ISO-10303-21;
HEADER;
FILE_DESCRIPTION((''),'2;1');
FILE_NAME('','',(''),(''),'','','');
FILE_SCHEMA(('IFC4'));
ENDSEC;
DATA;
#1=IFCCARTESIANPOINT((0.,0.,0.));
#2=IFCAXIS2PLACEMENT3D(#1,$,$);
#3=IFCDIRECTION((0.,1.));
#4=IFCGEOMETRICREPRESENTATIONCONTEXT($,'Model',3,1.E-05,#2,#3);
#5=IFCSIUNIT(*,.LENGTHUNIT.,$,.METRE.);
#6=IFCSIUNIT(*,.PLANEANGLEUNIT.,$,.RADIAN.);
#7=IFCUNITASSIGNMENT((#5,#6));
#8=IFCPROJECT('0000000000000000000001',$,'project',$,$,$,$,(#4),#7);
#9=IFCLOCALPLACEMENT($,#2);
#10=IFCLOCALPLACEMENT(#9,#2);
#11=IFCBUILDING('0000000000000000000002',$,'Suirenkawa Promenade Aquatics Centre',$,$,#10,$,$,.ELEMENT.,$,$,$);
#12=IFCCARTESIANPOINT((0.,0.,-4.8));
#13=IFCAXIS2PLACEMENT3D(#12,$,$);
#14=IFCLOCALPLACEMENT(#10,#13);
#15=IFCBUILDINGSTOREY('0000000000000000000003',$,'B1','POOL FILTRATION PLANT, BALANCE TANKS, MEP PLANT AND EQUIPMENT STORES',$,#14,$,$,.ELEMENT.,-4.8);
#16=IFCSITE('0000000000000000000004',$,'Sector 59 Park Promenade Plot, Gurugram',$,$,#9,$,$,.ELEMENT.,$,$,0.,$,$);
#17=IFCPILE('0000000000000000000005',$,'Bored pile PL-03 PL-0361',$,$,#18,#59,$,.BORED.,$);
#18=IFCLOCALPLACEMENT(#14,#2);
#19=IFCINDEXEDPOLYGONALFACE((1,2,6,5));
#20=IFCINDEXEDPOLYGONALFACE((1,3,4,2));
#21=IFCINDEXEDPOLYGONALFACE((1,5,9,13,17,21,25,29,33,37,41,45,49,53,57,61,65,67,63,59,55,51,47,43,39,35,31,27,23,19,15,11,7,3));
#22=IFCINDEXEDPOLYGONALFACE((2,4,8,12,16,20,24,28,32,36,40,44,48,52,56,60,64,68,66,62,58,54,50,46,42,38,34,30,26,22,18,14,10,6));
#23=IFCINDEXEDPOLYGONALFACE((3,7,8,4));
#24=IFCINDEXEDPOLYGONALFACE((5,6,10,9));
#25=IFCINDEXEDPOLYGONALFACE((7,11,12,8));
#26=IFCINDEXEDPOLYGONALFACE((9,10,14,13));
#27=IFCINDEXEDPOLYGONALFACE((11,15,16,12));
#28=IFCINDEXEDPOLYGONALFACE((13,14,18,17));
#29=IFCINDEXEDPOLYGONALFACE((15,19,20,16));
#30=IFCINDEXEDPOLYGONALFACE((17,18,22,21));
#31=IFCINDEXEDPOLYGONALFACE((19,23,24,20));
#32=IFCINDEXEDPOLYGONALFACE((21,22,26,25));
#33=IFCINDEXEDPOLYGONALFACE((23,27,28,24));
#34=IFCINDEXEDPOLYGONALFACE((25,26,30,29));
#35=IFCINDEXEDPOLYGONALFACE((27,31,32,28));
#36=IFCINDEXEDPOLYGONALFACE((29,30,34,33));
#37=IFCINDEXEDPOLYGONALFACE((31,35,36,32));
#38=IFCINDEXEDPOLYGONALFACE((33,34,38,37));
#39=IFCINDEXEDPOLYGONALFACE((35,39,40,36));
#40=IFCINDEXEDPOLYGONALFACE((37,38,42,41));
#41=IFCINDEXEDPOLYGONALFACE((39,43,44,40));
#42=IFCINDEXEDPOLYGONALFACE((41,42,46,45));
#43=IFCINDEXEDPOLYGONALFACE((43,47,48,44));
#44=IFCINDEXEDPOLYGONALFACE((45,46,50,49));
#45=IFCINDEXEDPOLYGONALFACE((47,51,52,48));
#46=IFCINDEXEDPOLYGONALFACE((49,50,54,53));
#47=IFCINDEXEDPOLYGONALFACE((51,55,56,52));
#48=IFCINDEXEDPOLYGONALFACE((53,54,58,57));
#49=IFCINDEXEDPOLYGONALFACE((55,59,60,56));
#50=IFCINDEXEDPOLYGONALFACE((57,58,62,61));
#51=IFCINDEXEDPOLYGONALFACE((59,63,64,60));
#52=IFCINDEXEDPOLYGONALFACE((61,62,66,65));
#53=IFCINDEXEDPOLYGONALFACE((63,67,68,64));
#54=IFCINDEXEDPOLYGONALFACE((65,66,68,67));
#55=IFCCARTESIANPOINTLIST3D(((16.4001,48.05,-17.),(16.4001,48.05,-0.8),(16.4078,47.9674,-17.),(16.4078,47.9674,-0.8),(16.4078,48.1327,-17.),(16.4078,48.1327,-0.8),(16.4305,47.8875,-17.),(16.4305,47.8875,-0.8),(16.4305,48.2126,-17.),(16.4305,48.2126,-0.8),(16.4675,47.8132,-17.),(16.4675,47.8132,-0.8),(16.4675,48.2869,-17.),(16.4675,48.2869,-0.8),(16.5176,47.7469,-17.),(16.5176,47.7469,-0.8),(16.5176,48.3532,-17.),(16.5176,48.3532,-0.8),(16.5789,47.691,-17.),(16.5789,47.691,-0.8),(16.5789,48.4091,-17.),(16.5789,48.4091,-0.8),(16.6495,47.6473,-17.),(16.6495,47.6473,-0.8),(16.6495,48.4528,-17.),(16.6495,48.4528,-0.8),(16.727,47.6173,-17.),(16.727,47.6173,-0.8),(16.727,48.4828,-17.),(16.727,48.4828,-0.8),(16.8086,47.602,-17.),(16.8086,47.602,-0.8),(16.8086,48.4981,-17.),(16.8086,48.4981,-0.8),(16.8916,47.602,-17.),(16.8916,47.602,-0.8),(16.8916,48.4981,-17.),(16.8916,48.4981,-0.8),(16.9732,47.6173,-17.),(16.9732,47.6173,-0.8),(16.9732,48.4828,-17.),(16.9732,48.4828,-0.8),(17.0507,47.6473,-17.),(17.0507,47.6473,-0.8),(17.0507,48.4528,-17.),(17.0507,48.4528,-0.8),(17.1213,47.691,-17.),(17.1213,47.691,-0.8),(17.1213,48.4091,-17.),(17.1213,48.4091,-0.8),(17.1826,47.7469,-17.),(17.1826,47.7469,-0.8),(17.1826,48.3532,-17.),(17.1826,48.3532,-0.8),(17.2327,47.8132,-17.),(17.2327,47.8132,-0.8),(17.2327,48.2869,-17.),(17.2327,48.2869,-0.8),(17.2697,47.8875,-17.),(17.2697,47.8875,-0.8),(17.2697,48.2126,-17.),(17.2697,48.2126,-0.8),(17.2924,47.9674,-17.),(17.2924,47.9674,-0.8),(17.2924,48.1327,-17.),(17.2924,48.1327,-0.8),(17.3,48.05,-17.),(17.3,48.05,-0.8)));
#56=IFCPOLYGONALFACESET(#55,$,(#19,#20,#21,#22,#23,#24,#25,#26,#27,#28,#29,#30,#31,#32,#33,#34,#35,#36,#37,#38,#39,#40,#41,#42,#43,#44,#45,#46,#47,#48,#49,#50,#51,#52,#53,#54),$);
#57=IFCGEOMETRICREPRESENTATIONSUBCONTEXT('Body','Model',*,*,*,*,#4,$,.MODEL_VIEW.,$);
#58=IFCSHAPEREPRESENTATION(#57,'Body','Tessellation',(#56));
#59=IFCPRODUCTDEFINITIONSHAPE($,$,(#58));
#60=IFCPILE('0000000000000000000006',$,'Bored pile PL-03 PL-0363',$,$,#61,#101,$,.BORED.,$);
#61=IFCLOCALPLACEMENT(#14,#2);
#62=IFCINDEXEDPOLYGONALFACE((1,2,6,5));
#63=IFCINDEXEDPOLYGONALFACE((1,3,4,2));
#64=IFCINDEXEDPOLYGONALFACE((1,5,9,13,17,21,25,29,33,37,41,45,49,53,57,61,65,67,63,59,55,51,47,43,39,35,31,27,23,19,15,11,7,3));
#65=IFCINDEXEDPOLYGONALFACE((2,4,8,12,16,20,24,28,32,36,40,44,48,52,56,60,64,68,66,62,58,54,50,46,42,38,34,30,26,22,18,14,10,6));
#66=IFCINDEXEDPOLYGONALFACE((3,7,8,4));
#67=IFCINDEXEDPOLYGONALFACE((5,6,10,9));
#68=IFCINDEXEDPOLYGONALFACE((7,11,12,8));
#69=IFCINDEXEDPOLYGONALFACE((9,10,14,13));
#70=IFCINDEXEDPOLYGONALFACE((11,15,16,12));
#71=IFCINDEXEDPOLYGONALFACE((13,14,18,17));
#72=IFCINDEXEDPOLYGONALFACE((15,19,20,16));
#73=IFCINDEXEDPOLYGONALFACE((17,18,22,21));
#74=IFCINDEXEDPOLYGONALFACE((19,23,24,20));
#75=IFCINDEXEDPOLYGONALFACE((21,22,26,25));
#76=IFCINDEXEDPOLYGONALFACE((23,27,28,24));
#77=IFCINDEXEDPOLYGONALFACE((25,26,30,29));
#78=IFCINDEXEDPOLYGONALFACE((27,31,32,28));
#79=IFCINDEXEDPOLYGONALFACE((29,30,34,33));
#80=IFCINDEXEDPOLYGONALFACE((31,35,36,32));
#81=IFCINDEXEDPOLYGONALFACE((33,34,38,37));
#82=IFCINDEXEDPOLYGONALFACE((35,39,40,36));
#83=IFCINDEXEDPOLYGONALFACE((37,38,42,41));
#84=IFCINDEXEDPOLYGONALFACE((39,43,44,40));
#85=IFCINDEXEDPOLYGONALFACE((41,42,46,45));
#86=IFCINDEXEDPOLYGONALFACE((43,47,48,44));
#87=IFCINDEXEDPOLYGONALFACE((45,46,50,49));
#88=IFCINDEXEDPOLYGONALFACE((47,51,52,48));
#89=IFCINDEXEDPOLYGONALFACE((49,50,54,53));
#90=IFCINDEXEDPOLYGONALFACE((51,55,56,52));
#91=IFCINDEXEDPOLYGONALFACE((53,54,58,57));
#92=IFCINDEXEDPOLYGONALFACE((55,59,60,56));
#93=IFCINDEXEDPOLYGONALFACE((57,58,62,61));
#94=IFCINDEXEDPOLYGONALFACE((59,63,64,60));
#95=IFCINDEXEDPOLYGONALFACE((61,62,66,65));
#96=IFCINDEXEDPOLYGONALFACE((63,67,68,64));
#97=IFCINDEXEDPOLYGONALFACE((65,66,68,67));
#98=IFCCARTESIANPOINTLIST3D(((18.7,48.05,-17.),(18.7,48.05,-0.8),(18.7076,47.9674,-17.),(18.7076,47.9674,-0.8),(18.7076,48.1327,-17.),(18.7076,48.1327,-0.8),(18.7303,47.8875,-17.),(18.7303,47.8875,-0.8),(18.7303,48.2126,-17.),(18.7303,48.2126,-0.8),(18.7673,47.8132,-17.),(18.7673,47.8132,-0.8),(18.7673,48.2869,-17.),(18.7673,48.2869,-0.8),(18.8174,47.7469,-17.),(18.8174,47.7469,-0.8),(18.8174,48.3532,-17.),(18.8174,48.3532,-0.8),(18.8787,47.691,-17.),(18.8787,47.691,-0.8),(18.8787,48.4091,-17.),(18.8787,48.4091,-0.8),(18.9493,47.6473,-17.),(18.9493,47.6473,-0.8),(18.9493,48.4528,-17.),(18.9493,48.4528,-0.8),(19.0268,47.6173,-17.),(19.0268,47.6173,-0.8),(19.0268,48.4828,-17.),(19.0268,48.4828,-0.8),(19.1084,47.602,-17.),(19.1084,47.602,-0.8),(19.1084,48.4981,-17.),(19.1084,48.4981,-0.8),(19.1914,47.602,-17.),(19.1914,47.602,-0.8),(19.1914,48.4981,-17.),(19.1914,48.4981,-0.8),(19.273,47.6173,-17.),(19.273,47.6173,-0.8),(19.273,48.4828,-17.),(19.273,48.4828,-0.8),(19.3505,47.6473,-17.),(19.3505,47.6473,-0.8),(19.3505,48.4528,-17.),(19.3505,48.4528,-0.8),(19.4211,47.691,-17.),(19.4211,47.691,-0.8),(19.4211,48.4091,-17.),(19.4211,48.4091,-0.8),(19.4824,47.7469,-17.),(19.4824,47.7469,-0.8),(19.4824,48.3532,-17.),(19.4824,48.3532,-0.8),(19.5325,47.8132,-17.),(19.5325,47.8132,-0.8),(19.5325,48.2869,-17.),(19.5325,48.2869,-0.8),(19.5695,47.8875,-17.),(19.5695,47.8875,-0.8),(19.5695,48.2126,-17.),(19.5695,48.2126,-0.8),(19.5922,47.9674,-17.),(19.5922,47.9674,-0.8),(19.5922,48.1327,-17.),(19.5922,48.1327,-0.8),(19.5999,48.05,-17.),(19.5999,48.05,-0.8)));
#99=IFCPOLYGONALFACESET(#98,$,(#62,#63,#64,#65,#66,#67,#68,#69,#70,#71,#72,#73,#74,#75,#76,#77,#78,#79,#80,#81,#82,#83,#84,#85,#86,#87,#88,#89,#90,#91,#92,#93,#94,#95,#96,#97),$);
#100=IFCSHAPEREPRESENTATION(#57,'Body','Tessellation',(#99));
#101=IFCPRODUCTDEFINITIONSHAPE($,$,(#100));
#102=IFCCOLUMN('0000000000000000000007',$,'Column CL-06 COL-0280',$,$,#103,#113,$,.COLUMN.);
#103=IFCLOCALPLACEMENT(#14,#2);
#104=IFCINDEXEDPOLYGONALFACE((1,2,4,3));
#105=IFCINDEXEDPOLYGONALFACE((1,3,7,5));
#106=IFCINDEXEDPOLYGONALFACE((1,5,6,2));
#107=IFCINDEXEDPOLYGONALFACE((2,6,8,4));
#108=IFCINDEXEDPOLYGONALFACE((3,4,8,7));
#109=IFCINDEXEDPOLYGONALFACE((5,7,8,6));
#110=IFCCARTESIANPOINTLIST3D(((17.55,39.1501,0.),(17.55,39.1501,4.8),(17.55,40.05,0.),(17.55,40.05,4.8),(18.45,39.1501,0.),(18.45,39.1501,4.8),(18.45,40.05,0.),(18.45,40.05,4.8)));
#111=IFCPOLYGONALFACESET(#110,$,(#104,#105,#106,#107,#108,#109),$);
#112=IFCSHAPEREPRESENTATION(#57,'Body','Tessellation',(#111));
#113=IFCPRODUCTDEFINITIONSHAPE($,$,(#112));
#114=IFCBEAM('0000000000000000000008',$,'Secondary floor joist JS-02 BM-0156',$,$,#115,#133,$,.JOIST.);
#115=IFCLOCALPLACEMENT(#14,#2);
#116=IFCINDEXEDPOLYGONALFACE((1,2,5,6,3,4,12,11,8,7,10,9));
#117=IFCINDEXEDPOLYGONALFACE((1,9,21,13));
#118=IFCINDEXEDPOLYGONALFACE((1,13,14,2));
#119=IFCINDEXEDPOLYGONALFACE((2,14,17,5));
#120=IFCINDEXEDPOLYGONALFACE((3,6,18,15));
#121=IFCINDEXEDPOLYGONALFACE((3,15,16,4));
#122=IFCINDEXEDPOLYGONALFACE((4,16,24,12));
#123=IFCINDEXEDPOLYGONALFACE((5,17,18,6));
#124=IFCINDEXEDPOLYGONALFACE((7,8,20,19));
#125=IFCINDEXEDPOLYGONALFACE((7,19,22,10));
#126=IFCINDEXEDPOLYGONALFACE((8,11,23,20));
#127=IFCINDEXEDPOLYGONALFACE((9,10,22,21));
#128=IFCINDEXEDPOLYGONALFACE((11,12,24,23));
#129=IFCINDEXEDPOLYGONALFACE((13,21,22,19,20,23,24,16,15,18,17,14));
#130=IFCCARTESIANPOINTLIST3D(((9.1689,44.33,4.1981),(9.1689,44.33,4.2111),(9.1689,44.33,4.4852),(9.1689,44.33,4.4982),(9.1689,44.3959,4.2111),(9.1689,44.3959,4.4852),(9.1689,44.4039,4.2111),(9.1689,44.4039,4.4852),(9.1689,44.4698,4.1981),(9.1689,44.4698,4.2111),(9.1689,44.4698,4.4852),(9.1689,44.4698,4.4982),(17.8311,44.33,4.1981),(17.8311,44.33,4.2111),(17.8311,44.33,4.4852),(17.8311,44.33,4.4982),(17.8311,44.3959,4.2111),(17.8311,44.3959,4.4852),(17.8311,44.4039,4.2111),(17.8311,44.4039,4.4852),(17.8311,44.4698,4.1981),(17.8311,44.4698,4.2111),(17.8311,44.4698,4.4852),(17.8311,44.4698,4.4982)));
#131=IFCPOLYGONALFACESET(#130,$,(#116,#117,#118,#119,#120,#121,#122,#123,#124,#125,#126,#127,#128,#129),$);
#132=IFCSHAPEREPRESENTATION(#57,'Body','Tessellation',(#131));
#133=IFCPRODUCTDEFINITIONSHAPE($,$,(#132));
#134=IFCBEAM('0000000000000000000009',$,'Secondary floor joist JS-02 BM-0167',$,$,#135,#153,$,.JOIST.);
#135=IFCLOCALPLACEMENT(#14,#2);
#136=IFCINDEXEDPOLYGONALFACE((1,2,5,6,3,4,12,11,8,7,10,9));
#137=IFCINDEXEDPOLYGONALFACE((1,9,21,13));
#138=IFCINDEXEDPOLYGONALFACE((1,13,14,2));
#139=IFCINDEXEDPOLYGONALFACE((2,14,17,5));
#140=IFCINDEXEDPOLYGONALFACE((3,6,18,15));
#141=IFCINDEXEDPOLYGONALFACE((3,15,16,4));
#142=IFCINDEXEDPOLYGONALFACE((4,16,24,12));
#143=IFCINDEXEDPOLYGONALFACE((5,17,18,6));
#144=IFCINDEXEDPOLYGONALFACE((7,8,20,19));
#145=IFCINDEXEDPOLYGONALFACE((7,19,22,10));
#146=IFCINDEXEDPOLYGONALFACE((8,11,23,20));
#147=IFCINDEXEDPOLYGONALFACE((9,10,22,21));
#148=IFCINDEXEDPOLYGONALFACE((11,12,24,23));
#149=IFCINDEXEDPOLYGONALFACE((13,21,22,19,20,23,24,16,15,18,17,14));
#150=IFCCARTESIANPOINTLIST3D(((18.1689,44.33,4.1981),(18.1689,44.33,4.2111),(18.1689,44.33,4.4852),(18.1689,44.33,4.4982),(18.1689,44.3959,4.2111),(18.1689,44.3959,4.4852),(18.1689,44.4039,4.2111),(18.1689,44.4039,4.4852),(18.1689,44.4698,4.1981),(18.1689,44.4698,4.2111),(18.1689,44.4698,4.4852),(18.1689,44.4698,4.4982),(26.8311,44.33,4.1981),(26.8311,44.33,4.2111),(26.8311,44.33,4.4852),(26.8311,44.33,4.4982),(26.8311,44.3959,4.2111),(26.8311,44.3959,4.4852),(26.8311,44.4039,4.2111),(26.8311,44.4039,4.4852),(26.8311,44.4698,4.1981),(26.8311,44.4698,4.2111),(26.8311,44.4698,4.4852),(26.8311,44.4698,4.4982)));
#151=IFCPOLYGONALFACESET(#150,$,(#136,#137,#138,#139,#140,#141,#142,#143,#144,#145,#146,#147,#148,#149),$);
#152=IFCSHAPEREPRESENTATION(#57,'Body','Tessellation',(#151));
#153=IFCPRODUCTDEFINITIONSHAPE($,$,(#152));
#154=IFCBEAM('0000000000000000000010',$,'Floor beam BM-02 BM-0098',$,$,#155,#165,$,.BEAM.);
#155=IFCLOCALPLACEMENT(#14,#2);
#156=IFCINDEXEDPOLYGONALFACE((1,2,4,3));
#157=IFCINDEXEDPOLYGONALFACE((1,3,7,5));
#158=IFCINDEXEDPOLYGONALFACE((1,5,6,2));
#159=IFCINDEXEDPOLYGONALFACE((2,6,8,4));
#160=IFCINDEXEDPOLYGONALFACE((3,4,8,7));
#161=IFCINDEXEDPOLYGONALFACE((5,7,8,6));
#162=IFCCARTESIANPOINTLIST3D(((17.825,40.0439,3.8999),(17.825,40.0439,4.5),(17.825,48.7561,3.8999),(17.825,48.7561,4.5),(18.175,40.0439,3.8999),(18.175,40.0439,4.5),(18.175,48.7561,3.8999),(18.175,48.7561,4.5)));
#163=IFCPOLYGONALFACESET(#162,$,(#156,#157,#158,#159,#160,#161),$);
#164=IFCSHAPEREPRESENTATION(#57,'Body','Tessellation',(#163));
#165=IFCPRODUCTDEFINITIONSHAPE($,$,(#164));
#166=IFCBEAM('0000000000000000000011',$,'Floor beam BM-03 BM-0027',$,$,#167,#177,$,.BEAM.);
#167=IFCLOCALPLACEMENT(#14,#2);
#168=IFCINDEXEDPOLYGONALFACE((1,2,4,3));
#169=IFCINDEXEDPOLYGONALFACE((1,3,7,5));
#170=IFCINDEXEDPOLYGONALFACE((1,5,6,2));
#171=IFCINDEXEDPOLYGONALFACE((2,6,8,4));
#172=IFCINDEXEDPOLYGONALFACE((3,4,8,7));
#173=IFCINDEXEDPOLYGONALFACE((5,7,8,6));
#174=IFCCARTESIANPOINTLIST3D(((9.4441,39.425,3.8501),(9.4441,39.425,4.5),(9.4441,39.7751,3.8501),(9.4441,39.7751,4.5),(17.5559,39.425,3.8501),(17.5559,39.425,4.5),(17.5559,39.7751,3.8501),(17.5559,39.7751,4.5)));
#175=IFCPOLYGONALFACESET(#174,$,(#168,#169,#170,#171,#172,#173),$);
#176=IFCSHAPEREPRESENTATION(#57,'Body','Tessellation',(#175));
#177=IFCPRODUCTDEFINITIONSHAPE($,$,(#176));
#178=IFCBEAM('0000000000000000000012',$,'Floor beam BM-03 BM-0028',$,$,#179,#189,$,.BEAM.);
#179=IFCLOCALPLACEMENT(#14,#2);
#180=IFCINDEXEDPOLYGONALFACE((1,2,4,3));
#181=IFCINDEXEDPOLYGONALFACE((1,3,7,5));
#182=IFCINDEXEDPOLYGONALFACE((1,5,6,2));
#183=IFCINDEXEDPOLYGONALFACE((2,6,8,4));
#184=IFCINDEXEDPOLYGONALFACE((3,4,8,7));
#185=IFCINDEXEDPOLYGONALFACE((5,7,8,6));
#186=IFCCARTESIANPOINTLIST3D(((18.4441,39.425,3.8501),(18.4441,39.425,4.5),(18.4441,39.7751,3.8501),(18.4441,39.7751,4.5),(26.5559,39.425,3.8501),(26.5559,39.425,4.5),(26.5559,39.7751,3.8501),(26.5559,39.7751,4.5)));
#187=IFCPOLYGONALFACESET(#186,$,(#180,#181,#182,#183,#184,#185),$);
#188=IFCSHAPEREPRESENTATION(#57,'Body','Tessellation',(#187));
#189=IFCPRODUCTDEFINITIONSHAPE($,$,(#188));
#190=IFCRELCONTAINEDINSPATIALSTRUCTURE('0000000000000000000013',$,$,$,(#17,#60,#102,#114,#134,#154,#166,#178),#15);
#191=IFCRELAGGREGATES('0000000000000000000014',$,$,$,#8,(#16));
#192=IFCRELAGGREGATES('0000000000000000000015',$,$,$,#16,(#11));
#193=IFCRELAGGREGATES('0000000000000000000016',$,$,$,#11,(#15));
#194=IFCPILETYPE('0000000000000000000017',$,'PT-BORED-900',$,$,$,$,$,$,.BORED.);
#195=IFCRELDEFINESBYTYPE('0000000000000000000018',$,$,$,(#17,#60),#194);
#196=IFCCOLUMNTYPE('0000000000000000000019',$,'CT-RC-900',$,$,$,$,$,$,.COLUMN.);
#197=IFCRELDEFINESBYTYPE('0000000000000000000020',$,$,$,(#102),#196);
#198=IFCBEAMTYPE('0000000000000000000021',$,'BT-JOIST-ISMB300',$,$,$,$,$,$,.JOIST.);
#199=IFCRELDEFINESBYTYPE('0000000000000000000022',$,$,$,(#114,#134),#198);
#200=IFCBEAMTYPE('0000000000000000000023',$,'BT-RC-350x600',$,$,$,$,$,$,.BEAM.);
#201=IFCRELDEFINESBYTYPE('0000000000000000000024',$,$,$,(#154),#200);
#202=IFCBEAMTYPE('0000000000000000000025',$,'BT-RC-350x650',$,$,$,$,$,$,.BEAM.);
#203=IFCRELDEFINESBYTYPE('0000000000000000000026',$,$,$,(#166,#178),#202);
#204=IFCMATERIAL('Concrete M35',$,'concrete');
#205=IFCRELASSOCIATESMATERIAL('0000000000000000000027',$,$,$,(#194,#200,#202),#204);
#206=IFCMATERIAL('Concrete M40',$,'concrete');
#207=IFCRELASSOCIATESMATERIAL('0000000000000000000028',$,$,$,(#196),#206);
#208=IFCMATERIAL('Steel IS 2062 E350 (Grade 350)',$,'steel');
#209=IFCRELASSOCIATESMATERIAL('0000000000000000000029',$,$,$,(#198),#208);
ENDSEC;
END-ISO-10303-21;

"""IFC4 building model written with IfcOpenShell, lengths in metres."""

from ifc_helpers import new_model, si_unit, direction, frame, origin, origin_2d, place, context, subcontext, project, spatial, rectangle, circle, i_section, extrude, material, material_profile, profile_set, type_object, element, save


model = new_model("IFC4")

# Units and contexts
model_context = context("Model", 3, precision=1e-05, world=origin(), true_north=direction((0.0, 1.0)))
body_context = subcontext(model_context, "Body", "Model", "MODEL_VIEW")
ifc_project = project(units=[si_unit("LENGTHUNIT", "METRE"), si_unit("PLANEANGLEUNIT", "RADIAN")], contexts=[model_context])

# Site, building, storey
site_placement = place(None, origin())
site = spatial("IfcSite", under=ifc_project, at=site_placement, Name="Sector 59 Park Promenade Plot, Gurugram", CompositionType="ELEMENT", RefElevation=0.0)
building_placement = place(site_placement, origin())
building = spatial("IfcBuilding", under=site, at=building_placement, Name="Suirenkawa Promenade Aquatics Centre", CompositionType="ELEMENT")
storey_placement = place(building_placement, frame((0.0, 0.0, -4.8)))
storey = spatial("IfcBuildingStorey", under=building, at=storey_placement, Name="B1", Description="POOL FILTRATION PLANT, BALANCE TANKS, MEP PLANT AND EQUIPMENT STORES", CompositionType="ELEMENT", Elevation=-4.8)

# Shared definitions
ifc_material_1 = material(Name="Concrete M35", Category="concrete")

# Piles
ifc_material_profile_1 = material_profile(ifc_material_1, circle(Radius=0.45, at=origin_2d()), Name="PILE D900", Category="concrete")
ifc_profile_set_1 = profile_set([ifc_material_profile_1], Name="Concrete M35")
pile_type = type_object("IfcPileType", Name="PT-BORED-900", PredefinedType="BORED", material=ifc_profile_set_1)
for number, where, z_axis, x_axis, name in (
    (1, (16.8501, 48.05, -0.8), (0.0, 0.0, -1.0), (1.0, 0.0, 0.0), "Bored pile PL-03 PL-0361"),
    (2, (19.1499, 48.05, -0.8), (0.0, 0.0, -1.0), (1.0, 0.0, 0.0), "Bored pile PL-03 PL-0363"),
):
    element("IfcPile", number, at=place(storey_placement, frame(where, z_axis=z_axis, x_axis=x_axis)), inside=storey, type_object=pile_type, Name=name, PredefinedType="BORED", context=body_context, shape_type="SweptSolid", body=[
        extrude(circle(Radius=0.45, at=origin_2d()), origin(), (0.0, 0.0, 1.0), 16.2),
    ])

# Column
ifc_material_2 = material(Name="Concrete M40", Category="concrete")
ifc_material_profile_2 = material_profile(ifc_material_2, rectangle(XDim=0.8999, YDim=0.8999, at=origin_2d()), Name="RC COL 900x900", Category="concrete")
ifc_profile_set_2 = profile_set([ifc_material_profile_2], Name="Concrete M40")
column_type = type_object("IfcColumnType", Name="CT-RC-900", PredefinedType="COLUMN", material=ifc_profile_set_2)
column_placement = place(storey_placement, frame((18.0, 39.6001, 0.0), z_axis=(0.0, 0.0, 1.0), x_axis=(1.0, 0.0, 0.0)))
element("IfcColumn", 3, at=column_placement, inside=storey, type_object=column_type, Name="Column CL-06 COL-0280", PredefinedType="COLUMN", context=body_context, shape_type="SweptSolid", body=[
    extrude(rectangle(XDim=0.8999, YDim=0.8999, at=origin_2d()), origin(), (0.0, 0.0, 1.0), 4.8),
])

# Beams
ifc_material_3 = material(Name="Steel IS 2062 E350 (Grade 350)", Category="steel")
ifc_material_profile_3 = material_profile(ifc_material_3, i_section(OverallWidth=0.1399, OverallDepth=0.3, WebThickness=0.0081, FlangeThickness=0.0129, at=origin_2d()), Name="ISMB 300", Category="steel")
ifc_profile_set_3 = profile_set([ifc_material_profile_3], Name="Steel IS 2062 E350 (Grade 350)")
beam_type_1 = type_object("IfcBeamType", Name="BT-JOIST-ISMB300", PredefinedType="JOIST", material=ifc_profile_set_3)
for number, where, z_axis, x_axis, name in (
    (4, (9.1689, 44.3999, 4.3481), (1.0, 0.0, 0.0), (0.0, 1.0, 0.0), "Secondary floor joist JS-02 BM-0156"),
    (5, (18.1689, 44.3999, 4.3481), (1.0, 0.0, 0.0), (0.0, 1.0, 0.0), "Secondary floor joist JS-02 BM-0167"),
):
    element("IfcBeam", number, at=place(storey_placement, frame(where, z_axis=z_axis, x_axis=x_axis)), inside=storey, type_object=beam_type_1, Name=name, PredefinedType="JOIST", context=body_context, shape_type="SweptSolid", body=[
        extrude(i_section(OverallWidth=0.1399, OverallDepth=0.3, WebThickness=0.0081, FlangeThickness=0.0129, at=origin_2d()), origin(), (0.0, 0.0, 1.0), 8.6621),
    ])
ifc_material_profile_4 = material_profile(ifc_material_1, rectangle(XDim=0.3501, YDim=0.6001, at=origin_2d()), Name="RC BM 350x600", Category="concrete")
ifc_profile_set_4 = profile_set([ifc_material_profile_4], Name="Concrete M35")
beam_type_2 = type_object("IfcBeamType", Name="BT-RC-350x600", PredefinedType="BEAM", material=ifc_profile_set_4)
beam_placement = place(storey_placement, frame((18.0, 40.0439, 4.2), z_axis=(0.0, 1.0, 0.0), x_axis=(-1.0, 0.0, 0.0)))
element("IfcBeam", 6, at=beam_placement, inside=storey, type_object=beam_type_2, Name="Floor beam BM-02 BM-0098", PredefinedType="BEAM", context=body_context, shape_type="SweptSolid", body=[
    extrude(rectangle(XDim=0.3501, YDim=0.6001, at=origin_2d()), origin(), (0.0, 0.0, 1.0), 8.7122),
])
ifc_material_profile_5 = material_profile(ifc_material_1, rectangle(XDim=0.3501, YDim=0.6499, at=origin_2d()), Name="RC BM 350x650", Category="concrete")
ifc_profile_set_5 = profile_set([ifc_material_profile_5], Name="Concrete M35")
beam_type_3 = type_object("IfcBeamType", Name="BT-RC-350x650", PredefinedType="BEAM", material=ifc_profile_set_5)
for number, where, z_axis, x_axis, name in (
    (7, (9.4441, 39.6001, 4.175), (1.0, 0.0, 0.0), (0.0, 1.0, 0.0), "Floor beam BM-03 BM-0027"),
    (8, (18.4441, 39.6001, 4.175), (1.0, 0.0, 0.0), (0.0, 1.0, 0.0), "Floor beam BM-03 BM-0028"),
):
    element("IfcBeam", number, at=place(storey_placement, frame(where, z_axis=z_axis, x_axis=x_axis)), inside=storey, type_object=beam_type_3, Name=name, PredefinedType="BEAM", context=body_context, shape_type="SweptSolid", body=[
        extrude(rectangle(XDim=0.3501, YDim=0.6499, at=origin_2d()), origin(), (0.0, 0.0, 1.0), 8.1118),
    ])

save(model, "model.ifc")
